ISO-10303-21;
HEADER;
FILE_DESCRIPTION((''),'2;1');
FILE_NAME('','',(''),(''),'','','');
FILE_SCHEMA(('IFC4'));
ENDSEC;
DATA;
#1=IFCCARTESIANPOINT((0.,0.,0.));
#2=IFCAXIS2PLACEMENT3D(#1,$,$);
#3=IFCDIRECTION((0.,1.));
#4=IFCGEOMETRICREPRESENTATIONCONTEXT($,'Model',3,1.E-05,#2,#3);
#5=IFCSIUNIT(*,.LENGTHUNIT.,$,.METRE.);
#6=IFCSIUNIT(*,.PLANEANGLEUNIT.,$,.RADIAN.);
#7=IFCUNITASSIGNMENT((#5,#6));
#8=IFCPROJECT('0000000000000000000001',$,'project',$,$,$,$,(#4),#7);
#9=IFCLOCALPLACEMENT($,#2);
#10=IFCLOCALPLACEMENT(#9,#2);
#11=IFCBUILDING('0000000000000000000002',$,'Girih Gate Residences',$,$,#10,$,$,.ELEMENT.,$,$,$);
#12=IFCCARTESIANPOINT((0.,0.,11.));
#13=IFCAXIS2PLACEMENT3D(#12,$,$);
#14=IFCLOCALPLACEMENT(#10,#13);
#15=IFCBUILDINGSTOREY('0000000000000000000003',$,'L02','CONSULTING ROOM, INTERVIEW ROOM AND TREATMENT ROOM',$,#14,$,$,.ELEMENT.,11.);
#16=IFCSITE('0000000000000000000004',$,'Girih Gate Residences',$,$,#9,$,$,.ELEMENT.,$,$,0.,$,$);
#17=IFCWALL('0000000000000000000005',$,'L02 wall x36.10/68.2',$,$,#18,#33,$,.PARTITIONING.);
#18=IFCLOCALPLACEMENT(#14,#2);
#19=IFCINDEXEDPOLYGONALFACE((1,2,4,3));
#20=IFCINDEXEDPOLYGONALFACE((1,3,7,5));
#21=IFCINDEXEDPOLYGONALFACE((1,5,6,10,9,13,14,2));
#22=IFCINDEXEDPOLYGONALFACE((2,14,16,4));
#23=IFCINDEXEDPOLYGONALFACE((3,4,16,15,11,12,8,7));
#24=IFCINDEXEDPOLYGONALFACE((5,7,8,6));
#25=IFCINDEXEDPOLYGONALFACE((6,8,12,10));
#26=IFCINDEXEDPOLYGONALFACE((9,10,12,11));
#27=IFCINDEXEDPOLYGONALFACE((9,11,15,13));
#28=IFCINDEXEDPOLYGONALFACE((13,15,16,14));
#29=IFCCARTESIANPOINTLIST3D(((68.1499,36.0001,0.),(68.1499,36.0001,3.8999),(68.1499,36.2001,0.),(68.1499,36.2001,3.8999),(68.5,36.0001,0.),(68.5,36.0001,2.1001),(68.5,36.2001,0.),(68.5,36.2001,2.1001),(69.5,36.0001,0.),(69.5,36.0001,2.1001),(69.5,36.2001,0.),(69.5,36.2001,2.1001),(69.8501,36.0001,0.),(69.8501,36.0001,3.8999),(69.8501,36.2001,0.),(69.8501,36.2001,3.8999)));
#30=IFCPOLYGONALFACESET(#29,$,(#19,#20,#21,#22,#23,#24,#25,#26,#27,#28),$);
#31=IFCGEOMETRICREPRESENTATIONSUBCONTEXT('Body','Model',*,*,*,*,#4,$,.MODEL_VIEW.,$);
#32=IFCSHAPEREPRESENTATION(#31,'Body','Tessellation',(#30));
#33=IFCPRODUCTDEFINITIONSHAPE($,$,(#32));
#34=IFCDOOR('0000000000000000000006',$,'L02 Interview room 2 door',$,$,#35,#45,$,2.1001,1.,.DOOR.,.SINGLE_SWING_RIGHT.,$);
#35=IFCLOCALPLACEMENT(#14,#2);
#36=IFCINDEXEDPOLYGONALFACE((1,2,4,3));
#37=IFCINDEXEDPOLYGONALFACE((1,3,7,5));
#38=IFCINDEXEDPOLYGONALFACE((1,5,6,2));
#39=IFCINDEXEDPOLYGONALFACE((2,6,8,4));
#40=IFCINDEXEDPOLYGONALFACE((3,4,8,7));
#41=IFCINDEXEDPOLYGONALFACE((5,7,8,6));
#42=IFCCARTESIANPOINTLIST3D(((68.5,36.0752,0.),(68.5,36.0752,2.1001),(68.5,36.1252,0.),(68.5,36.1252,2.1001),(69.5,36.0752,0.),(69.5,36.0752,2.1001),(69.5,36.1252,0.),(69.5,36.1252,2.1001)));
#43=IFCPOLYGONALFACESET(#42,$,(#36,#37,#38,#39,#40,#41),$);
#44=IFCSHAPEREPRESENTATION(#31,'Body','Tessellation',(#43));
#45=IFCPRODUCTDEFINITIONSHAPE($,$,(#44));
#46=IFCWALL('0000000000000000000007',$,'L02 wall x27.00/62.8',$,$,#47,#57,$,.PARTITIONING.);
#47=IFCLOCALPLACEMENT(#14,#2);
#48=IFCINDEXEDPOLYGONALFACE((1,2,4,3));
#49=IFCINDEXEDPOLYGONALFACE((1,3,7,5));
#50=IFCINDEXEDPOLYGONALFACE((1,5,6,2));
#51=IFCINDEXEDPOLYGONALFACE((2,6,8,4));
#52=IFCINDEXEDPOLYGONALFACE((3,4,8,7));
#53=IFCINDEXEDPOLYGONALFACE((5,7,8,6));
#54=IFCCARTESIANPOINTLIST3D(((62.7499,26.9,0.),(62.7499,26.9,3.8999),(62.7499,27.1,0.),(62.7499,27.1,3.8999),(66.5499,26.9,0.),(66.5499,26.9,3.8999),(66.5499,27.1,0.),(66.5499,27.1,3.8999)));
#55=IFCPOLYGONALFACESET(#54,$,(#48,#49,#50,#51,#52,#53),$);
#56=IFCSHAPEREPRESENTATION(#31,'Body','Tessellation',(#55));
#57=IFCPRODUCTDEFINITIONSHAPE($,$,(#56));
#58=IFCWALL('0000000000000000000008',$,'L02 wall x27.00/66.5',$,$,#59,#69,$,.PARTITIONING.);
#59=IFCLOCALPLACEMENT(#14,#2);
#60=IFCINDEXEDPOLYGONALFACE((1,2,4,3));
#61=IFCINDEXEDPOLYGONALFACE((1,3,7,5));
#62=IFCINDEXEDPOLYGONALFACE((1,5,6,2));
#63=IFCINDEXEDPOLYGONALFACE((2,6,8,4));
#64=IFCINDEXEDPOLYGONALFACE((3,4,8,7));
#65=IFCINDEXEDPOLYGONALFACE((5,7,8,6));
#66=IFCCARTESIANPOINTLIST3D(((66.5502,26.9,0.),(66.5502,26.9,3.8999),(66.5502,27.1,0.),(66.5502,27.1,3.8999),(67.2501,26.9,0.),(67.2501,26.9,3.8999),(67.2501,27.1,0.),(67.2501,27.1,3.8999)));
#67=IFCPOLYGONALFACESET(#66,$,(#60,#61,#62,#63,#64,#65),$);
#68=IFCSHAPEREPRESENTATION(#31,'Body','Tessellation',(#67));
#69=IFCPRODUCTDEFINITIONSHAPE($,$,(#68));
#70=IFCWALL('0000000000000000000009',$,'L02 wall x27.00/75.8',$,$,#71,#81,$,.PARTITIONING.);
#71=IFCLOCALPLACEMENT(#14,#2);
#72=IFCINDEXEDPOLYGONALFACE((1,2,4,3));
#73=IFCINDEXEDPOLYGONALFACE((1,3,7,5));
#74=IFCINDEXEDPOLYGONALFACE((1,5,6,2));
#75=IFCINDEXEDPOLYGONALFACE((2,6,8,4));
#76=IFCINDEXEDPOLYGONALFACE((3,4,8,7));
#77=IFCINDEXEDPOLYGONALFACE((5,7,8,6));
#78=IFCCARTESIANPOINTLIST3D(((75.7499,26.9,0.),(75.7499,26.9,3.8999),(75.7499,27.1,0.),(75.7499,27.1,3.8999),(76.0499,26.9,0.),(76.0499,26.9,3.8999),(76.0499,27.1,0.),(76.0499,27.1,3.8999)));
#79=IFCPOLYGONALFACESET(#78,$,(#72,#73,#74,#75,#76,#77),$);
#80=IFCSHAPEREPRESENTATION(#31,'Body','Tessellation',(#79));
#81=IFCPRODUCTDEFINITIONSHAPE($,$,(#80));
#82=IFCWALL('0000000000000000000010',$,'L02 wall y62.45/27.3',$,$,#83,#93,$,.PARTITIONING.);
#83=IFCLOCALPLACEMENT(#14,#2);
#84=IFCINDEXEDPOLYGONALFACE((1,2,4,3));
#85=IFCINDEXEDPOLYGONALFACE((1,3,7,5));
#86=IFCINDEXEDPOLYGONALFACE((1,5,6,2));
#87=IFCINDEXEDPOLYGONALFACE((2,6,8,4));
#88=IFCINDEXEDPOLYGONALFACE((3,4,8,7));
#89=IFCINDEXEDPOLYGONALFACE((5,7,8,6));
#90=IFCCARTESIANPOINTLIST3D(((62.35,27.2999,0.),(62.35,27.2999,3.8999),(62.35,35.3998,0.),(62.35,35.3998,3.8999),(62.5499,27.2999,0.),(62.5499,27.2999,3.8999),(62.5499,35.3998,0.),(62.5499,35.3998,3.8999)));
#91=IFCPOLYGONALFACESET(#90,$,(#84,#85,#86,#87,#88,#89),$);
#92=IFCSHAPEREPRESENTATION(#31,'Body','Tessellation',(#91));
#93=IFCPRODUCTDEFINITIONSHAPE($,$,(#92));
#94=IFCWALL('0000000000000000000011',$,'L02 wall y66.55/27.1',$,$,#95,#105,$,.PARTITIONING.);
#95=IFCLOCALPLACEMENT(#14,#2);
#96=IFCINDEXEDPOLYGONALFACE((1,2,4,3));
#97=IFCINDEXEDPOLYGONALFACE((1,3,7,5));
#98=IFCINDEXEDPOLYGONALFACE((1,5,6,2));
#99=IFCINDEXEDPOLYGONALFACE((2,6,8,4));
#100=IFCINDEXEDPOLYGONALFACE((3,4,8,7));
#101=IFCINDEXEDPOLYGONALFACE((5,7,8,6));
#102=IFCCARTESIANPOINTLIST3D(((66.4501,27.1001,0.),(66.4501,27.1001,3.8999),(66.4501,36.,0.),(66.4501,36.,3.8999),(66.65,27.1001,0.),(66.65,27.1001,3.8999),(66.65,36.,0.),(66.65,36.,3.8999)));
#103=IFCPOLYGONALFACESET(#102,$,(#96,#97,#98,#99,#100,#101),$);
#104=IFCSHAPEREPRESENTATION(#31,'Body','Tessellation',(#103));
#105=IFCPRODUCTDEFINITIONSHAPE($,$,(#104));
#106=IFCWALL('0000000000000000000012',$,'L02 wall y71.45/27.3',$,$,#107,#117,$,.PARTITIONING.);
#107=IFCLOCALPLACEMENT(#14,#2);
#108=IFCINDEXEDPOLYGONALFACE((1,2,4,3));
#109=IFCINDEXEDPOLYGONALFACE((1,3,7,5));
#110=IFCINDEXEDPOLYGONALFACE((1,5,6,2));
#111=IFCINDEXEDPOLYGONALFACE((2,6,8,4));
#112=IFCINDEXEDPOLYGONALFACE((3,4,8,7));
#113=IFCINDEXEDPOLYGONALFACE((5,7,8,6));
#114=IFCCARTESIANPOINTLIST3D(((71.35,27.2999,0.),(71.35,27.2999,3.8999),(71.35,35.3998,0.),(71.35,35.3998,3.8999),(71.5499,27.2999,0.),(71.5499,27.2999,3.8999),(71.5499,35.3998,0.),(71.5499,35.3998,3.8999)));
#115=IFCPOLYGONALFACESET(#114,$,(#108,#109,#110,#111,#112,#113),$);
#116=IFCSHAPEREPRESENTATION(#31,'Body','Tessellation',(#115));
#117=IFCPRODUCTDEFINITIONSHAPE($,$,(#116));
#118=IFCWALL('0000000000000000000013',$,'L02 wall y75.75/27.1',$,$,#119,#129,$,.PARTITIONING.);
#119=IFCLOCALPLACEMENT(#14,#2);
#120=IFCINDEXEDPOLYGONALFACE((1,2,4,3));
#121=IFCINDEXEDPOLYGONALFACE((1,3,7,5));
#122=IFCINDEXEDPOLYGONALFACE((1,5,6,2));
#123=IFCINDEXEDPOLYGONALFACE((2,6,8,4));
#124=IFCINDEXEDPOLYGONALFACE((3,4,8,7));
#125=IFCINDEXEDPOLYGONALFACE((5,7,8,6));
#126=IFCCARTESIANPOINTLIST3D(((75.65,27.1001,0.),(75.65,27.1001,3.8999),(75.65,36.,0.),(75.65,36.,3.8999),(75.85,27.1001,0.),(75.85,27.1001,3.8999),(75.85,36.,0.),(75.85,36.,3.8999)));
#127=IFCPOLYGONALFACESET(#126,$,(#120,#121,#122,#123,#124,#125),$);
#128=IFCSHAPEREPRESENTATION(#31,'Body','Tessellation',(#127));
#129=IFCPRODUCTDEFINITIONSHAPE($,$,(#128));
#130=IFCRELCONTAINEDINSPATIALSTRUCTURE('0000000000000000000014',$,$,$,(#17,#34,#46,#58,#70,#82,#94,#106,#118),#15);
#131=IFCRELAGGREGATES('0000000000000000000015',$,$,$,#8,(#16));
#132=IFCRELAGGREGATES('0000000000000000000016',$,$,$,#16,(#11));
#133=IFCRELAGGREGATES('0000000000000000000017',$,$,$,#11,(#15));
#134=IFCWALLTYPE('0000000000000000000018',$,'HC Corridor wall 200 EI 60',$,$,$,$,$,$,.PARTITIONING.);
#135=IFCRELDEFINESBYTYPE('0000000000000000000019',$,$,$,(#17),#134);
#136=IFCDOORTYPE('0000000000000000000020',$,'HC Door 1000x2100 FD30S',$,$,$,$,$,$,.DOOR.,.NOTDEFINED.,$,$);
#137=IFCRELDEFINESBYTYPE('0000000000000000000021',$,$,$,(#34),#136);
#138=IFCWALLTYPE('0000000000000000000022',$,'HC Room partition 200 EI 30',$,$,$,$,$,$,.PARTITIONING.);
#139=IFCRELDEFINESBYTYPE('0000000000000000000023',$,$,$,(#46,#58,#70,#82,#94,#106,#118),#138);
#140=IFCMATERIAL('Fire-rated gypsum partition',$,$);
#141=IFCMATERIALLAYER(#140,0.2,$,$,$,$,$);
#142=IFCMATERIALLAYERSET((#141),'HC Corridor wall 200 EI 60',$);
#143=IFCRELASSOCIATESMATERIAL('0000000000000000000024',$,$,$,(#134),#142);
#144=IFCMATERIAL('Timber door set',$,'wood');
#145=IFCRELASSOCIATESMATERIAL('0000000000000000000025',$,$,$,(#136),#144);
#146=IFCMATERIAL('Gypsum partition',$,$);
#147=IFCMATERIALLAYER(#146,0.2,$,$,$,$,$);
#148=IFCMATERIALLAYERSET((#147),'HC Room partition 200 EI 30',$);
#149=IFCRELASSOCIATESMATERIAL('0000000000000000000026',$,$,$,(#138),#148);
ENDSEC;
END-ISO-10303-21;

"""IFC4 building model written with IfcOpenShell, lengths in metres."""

from ifc_helpers import new_model, si_unit, direction, frame, frame_2d, origin, place, context, subcontext, project, spatial, rectangle, extrude, material, layer, layer_set, type_object, element, fill, save


model = new_model("IFC4")

# Units and contexts
model_context = context("Model", 3, precision=1e-05, world=origin(), true_north=direction((0.0, 1.0)))
body_context = subcontext(model_context, "Body", "Model", "MODEL_VIEW")
ifc_project = project(units=[si_unit("LENGTHUNIT", "METRE"), si_unit("PLANEANGLEUNIT", "RADIAN")], contexts=[model_context])

# Site, building, storey
site_placement = place(None, origin())
site = spatial("IfcSite", under=ifc_project, at=site_placement, Name="Girih Gate Residences", CompositionType="ELEMENT", RefElevation=0.0)
building_placement = place(site_placement, origin())
building = spatial("IfcBuilding", under=site, at=building_placement, Name="Girih Gate Residences", CompositionType="ELEMENT")
storey_placement = place(building_placement, frame((0.0, 0.0, 11.0)))
storey = spatial("IfcBuildingStorey", under=building, at=storey_placement, Name="L02", Description="CONSULTING ROOM, INTERVIEW ROOM AND TREATMENT ROOM", CompositionType="ELEMENT", Elevation=11.0)

# Shared definitions
ifc_material_1 = material(Name="Fire-rated gypsum partition")
ifc_layer_1 = layer(ifc_material_1, 0.2)
ifc_layer_set_1 = layer_set([ifc_layer_1], Name="HC Corridor wall 200 EI 60")
wall_type_1 = type_object("IfcWallType", Name="HC Corridor wall 200 EI 60", PredefinedType="PARTITIONING", material=ifc_layer_set_1)

# Shared definitions
ifc_material_2 = material(Name="Timber door set", Category="wood")
door_type = type_object("IfcDoorType", Name="HC Door 1000x2100 FD30S", OperationType="NOTDEFINED", PredefinedType="DOOR", material=ifc_material_2)

# Wall, opening, door
wall_1_placement = place(storey_placement, frame((69.8501, 36.1001, 0.0), z_axis=(0.0, 0.0, 1.0), x_axis=(-1.0, 0.0, 0.0)))
wall_1 = element("IfcWall", 1, at=wall_1_placement, inside=storey, type_object=wall_type_1, Name="L02 wall x36.10/68.2", PredefinedType="PARTITIONING", context=body_context, shape_type="SweptSolid", body=[
    extrude(rectangle(XDim=1.7002, YDim=0.2, at=frame_2d((0.8501, 0.0))), origin(), (0.0, 0.0, 1.0), 3.8999),
])
opening_1_placement = place(wall_1_placement, frame((0.3501, 0.0, 0.0)))
opening_1 = element("IfcOpeningElement", 2, at=opening_1_placement, cuts=wall_1, PredefinedType="OPENING", context=body_context, shape_type="SweptSolid", body=[
    extrude(rectangle(XDim=1.0, YDim=2.1001, at=frame_2d((0.5, 1.05))), frame((0.0, 0.1099, 0.0), z_axis=(0.0, -1.0, 0.0), x_axis=(1.0, 0.0, 0.0)), (0.0, 0.0, 1.0), 0.22),
])
door_1_placement = place(opening_1_placement, origin())
door_1 = element("IfcDoor", 3, at=door_1_placement, inside=storey, type_object=door_type, Name="L02 Interview room 2 door", OperationType="SINGLE_SWING_RIGHT", OverallHeight=2.1001, OverallWidth=1.0, PredefinedType="DOOR", context=body_context, shape_type="SweptSolid", body=[
    extrude(rectangle(XDim=1.0, YDim=2.1001, at=frame_2d((0.5, 1.05))), frame((0.0, 0.0249, 0.0), z_axis=(0.0, -1.0, 0.0), x_axis=(1.0, 0.0, 0.0)), (0.0, 0.0, 1.0), 0.05),
])
fill(opening_1, door_1)

# Walls
ifc_material_3 = material(Name="Gypsum partition")
ifc_layer_2 = layer(ifc_material_3, 0.2)
ifc_layer_set_2 = layer_set([ifc_layer_2], Name="HC Room partition 200 EI 30")
wall_type_2 = type_object("IfcWallType", Name="HC Room partition 200 EI 30", PredefinedType="PARTITIONING", material=ifc_layer_set_2)
wall_2_placement = place(storey_placement, frame((62.75, 27.0, 0.0), z_axis=(0.0, 0.0, 1.0), x_axis=(1.0, 0.0, 0.0)))
element("IfcWall", 4, at=wall_2_placement, inside=storey, type_object=wall_type_2, Name="L02 wall x27.00/62.8", PredefinedType="PARTITIONING", context=body_context, shape_type="SweptSolid", body=[
    extrude(rectangle(XDim=3.8, YDim=0.2, at=frame_2d((1.8999, 0.0))), origin(), (0.0, 0.0, 1.0), 3.8999),
])
wall_3_placement = place(storey_placement, frame((66.55, 27.0, 0.0), z_axis=(0.0, 0.0, 1.0), x_axis=(1.0, 0.0, 0.0)))
element("IfcWall", 5, at=wall_3_placement, inside=storey, type_object=wall_type_2, Name="L02 wall x27.00/66.5", PredefinedType="PARTITIONING", context=body_context, shape_type="SweptSolid", body=[
    extrude(rectangle(XDim=0.7, YDim=0.2, at=frame_2d((0.3501, 0.0))), origin(), (0.0, 0.0, 1.0), 3.8999),
])
wall_4_placement = place(storey_placement, frame((75.75, 27.0, 0.0), z_axis=(0.0, 0.0, 1.0), x_axis=(1.0, 0.0, 0.0)))
element("IfcWall", 6, at=wall_4_placement, inside=storey, type_object=wall_type_2, Name="L02 wall x27.00/75.8", PredefinedType="PARTITIONING", context=body_context, shape_type="SweptSolid", body=[
    extrude(rectangle(XDim=0.3, YDim=0.2, at=frame_2d((0.1499, 0.0))), origin(), (0.0, 0.0, 1.0), 3.8999),
])
wall_5_placement = place(storey_placement, frame((62.45, 27.3, 0.0), z_axis=(0.0, 0.0, 1.0), x_axis=(0.0, 1.0, 0.0)))
element("IfcWall", 7, at=wall_5_placement, inside=storey, type_object=wall_type_2, Name="L02 wall y62.45/27.3", PredefinedType="PARTITIONING", context=body_context, shape_type="SweptSolid", body=[
    extrude(rectangle(XDim=8.0999, YDim=0.2, at=frame_2d((4.0498, 0.0))), origin(), (0.0, 0.0, 1.0), 3.8999),
])
wall_6_placement = place(storey_placement, frame((66.55, 27.1001, 0.0), z_axis=(0.0, 0.0, 1.0), x_axis=(0.0, 1.0, 0.0)))
element("IfcWall", 8, at=wall_6_placement, inside=storey, type_object=wall_type_2, Name="L02 wall y66.55/27.1", PredefinedType="PARTITIONING", context=body_context, shape_type="SweptSolid", body=[
    extrude(rectangle(XDim=8.8999, YDim=0.2, at=frame_2d((4.45, 0.0))), origin(), (0.0, 0.0, 1.0), 3.8999),
])
wall_7_placement = place(storey_placement, frame((71.45, 27.3, 0.0), z_axis=(0.0, 0.0, 1.0), x_axis=(0.0, 1.0, 0.0)))
element("IfcWall", 9, at=wall_7_placement, inside=storey, type_object=wall_type_2, Name="L02 wall y71.45/27.3", PredefinedType="PARTITIONING", context=body_context, shape_type="SweptSolid", body=[
    extrude(rectangle(XDim=8.0999, YDim=0.2, at=frame_2d((4.0498, 0.0))), origin(), (0.0, 0.0, 1.0), 3.8999),
])
wall_8_placement = place(storey_placement, frame((75.75, 27.1001, 0.0), z_axis=(0.0, 0.0, 1.0), x_axis=(0.0, 1.0, 0.0)))
element("IfcWall", 10, at=wall_8_placement, inside=storey, type_object=wall_type_2, Name="L02 wall y75.75/27.1", PredefinedType="PARTITIONING", context=body_context, shape_type="SweptSolid", body=[
    extrude(rectangle(XDim=8.8999, YDim=0.2, at=frame_2d((4.45, 0.0))), origin(), (0.0, 0.0, 1.0), 3.8999),
])

save(model, "model.ifc")
